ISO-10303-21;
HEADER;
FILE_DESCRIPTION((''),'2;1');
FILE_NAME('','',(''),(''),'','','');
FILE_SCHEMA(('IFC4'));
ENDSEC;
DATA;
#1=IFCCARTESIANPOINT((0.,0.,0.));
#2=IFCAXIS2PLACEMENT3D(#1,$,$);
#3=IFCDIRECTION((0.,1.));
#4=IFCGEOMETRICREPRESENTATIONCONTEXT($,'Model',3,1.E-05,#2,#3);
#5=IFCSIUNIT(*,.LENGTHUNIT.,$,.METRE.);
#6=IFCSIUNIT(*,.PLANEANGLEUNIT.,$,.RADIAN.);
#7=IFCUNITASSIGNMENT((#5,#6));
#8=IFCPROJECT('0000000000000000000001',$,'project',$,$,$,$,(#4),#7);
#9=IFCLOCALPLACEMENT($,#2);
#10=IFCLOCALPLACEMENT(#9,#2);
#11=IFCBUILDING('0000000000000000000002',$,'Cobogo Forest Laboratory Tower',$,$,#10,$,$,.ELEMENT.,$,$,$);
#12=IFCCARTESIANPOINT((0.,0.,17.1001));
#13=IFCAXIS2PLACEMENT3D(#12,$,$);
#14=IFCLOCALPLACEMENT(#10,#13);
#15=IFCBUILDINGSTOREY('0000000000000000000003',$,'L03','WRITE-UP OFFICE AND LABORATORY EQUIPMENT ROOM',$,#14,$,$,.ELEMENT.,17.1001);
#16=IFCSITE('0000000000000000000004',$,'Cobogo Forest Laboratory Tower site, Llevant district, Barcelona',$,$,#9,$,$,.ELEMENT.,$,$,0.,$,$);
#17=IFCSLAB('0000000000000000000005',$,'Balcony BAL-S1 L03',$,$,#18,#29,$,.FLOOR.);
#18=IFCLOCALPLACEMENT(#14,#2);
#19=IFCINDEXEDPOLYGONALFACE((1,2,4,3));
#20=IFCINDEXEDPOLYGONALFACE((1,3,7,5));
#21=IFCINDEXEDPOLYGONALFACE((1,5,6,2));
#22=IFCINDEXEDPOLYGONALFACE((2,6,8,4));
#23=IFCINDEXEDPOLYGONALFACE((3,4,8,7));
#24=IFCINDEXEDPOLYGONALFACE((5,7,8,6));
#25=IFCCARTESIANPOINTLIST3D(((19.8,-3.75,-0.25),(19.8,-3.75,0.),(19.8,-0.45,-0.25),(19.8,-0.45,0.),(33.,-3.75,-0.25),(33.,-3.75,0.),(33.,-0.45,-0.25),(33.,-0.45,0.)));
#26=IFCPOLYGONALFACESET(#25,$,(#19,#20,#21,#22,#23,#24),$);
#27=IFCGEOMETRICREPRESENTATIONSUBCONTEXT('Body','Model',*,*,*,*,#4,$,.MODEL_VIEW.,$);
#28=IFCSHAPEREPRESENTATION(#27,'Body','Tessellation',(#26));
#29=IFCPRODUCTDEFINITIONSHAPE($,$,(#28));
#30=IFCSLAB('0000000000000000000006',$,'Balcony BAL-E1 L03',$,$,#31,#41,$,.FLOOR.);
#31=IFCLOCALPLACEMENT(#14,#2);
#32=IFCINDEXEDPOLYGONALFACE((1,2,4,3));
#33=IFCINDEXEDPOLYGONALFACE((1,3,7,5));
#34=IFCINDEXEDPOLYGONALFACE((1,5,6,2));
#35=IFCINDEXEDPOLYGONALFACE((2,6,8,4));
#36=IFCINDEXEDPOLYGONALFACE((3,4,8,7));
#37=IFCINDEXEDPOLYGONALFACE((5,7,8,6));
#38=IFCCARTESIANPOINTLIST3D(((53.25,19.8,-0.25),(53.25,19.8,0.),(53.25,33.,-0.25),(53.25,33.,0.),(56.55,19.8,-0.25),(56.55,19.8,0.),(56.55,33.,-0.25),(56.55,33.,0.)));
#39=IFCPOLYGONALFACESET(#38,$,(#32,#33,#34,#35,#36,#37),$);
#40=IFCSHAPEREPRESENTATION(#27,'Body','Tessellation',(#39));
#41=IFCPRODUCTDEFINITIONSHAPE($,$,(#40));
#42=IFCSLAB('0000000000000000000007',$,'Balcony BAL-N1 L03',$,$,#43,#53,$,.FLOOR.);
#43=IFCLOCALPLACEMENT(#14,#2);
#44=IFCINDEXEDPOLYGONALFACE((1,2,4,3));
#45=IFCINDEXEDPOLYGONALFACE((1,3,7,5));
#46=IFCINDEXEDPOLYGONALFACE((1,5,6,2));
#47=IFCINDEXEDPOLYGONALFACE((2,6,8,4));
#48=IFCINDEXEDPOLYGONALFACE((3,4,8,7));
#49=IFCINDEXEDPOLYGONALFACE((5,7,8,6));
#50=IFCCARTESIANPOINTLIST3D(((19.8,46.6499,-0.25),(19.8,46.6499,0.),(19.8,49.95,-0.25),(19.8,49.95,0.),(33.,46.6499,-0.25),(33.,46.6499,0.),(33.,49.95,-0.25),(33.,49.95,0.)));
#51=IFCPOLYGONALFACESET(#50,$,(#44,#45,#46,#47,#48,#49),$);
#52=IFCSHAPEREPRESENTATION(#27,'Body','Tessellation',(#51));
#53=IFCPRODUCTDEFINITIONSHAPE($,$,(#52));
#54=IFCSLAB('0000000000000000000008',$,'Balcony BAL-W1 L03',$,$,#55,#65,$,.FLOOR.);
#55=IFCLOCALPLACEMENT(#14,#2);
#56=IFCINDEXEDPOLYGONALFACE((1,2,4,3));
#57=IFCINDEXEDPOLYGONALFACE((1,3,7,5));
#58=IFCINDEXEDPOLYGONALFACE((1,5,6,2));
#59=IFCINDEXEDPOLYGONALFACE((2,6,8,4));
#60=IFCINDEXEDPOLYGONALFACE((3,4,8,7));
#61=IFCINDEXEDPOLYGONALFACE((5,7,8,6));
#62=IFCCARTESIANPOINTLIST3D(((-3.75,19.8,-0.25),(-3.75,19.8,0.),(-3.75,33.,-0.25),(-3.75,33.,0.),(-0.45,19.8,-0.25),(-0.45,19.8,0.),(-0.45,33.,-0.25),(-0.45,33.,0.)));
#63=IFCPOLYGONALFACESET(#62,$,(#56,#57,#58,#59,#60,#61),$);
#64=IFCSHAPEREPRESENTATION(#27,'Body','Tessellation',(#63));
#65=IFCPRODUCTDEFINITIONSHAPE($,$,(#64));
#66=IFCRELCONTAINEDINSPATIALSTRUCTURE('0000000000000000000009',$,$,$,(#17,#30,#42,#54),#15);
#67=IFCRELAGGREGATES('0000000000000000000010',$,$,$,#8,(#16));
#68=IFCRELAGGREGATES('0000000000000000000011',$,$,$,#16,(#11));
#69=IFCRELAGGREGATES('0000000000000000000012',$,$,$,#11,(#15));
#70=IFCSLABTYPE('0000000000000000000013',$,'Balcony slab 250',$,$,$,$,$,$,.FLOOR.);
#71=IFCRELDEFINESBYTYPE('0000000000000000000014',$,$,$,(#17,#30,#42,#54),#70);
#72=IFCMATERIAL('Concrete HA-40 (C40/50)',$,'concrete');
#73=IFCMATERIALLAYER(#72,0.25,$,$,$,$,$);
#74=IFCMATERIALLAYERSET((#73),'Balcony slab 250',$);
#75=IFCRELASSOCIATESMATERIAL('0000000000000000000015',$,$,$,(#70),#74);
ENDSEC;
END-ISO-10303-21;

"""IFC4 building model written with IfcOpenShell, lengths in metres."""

from ifc_helpers import new_model, si_unit, direction, frame, origin, place, context, subcontext, project, spatial, polyline, outline, extrude, material, layer, layer_set, type_object, element, save


model = new_model("IFC4")

# Units and contexts
model_context = context("Model", 3, precision=1e-05, world=origin(), true_north=direction((0.0, 1.0)))
body_context = subcontext(model_context, "Body", "Model", "MODEL_VIEW")
ifc_project = project(units=[si_unit("LENGTHUNIT", "METRE"), si_unit("PLANEANGLEUNIT", "RADIAN")], contexts=[model_context])

# Site, building, storey
site_placement = place(None, origin())
site = spatial("IfcSite", under=ifc_project, at=site_placement, Name="Cobogo Forest Laboratory Tower site, Llevant district, Barcelona", CompositionType="ELEMENT", RefElevation=0.0)
building_placement = place(site_placement, origin())
building = spatial("IfcBuilding", under=site, at=building_placement, Name="Cobogo Forest Laboratory Tower", CompositionType="ELEMENT")
storey_placement = place(building_placement, frame((0.0, 0.0, 17.1001)))
storey = spatial("IfcBuildingStorey", under=building, at=storey_placement, Name="L03", Description="WRITE-UP OFFICE AND LABORATORY EQUIPMENT ROOM", CompositionType="ELEMENT", Elevation=17.1001)

# Slabs
ifc_material_1 = material(Name="Concrete HA-40 (C40/50)", Category="concrete")
ifc_layer_1 = layer(ifc_material_1, 0.25)
ifc_layer_set_1 = layer_set([ifc_layer_1], Name="Balcony slab 250")
slab_type_1 = type_object("IfcSlabType", Name="Balcony slab 250", PredefinedType="FLOOR", material=ifc_layer_set_1)
slab_1_placement = place(storey_placement, frame((0.0, 0.0, -0.25)))
element("IfcSlab", 1, at=slab_1_placement, inside=storey, type_object=slab_type_1, Name="Balcony BAL-S1 L03", PredefinedType="FLOOR", context=body_context, shape_type="SweptSolid", body=[
    extrude(outline(polyline([(19.8, -3.75), (33.0, -3.75), (33.0, -0.45), (19.8, -0.45), (19.8, -3.75)])), origin(), (0.0, 0.0, 1.0), 0.25),
])
slab_2_placement = place(storey_placement, frame((0.0, 0.0, -0.25)))
element("IfcSlab", 2, at=slab_2_placement, inside=storey, type_object=slab_type_1, Name="Balcony BAL-E1 L03", PredefinedType="FLOOR", context=body_context, shape_type="SweptSolid", body=[
    extrude(outline(polyline([(53.25, 19.8), (56.55, 19.8), (56.55, 33.0), (53.25, 33.0), (53.25, 19.8)])), origin(), (0.0, 0.0, 1.0), 0.25),
])
slab_3_placement = place(storey_placement, frame((0.0, 0.0, -0.25)))
element("IfcSlab", 3, at=slab_3_placement, inside=storey, type_object=slab_type_1, Name="Balcony BAL-N1 L03", PredefinedType="FLOOR", context=body_context, shape_type="SweptSolid", body=[
    extrude(outline(polyline([(19.8, 46.6499), (33.0, 46.6499), (33.0, 49.95), (19.8, 49.95), (19.8, 46.6499)])), origin(), (0.0, 0.0, 1.0), 0.25),
])
slab_4_placement = place(storey_placement, frame((0.0, 0.0, -0.25)))
element("IfcSlab", 4, at=slab_4_placement, inside=storey, type_object=slab_type_1, Name="Balcony BAL-W1 L03", PredefinedType="FLOOR", context=body_context, shape_type="SweptSolid", body=[
    extrude(outline(polyline([(-3.75, 19.8), (-0.45, 19.8), (-0.45, 33.0), (-3.75, 33.0), (-3.75, 19.8)])), origin(), (0.0, 0.0, 1.0), 0.25),
])

save(model, "model.ifc")
